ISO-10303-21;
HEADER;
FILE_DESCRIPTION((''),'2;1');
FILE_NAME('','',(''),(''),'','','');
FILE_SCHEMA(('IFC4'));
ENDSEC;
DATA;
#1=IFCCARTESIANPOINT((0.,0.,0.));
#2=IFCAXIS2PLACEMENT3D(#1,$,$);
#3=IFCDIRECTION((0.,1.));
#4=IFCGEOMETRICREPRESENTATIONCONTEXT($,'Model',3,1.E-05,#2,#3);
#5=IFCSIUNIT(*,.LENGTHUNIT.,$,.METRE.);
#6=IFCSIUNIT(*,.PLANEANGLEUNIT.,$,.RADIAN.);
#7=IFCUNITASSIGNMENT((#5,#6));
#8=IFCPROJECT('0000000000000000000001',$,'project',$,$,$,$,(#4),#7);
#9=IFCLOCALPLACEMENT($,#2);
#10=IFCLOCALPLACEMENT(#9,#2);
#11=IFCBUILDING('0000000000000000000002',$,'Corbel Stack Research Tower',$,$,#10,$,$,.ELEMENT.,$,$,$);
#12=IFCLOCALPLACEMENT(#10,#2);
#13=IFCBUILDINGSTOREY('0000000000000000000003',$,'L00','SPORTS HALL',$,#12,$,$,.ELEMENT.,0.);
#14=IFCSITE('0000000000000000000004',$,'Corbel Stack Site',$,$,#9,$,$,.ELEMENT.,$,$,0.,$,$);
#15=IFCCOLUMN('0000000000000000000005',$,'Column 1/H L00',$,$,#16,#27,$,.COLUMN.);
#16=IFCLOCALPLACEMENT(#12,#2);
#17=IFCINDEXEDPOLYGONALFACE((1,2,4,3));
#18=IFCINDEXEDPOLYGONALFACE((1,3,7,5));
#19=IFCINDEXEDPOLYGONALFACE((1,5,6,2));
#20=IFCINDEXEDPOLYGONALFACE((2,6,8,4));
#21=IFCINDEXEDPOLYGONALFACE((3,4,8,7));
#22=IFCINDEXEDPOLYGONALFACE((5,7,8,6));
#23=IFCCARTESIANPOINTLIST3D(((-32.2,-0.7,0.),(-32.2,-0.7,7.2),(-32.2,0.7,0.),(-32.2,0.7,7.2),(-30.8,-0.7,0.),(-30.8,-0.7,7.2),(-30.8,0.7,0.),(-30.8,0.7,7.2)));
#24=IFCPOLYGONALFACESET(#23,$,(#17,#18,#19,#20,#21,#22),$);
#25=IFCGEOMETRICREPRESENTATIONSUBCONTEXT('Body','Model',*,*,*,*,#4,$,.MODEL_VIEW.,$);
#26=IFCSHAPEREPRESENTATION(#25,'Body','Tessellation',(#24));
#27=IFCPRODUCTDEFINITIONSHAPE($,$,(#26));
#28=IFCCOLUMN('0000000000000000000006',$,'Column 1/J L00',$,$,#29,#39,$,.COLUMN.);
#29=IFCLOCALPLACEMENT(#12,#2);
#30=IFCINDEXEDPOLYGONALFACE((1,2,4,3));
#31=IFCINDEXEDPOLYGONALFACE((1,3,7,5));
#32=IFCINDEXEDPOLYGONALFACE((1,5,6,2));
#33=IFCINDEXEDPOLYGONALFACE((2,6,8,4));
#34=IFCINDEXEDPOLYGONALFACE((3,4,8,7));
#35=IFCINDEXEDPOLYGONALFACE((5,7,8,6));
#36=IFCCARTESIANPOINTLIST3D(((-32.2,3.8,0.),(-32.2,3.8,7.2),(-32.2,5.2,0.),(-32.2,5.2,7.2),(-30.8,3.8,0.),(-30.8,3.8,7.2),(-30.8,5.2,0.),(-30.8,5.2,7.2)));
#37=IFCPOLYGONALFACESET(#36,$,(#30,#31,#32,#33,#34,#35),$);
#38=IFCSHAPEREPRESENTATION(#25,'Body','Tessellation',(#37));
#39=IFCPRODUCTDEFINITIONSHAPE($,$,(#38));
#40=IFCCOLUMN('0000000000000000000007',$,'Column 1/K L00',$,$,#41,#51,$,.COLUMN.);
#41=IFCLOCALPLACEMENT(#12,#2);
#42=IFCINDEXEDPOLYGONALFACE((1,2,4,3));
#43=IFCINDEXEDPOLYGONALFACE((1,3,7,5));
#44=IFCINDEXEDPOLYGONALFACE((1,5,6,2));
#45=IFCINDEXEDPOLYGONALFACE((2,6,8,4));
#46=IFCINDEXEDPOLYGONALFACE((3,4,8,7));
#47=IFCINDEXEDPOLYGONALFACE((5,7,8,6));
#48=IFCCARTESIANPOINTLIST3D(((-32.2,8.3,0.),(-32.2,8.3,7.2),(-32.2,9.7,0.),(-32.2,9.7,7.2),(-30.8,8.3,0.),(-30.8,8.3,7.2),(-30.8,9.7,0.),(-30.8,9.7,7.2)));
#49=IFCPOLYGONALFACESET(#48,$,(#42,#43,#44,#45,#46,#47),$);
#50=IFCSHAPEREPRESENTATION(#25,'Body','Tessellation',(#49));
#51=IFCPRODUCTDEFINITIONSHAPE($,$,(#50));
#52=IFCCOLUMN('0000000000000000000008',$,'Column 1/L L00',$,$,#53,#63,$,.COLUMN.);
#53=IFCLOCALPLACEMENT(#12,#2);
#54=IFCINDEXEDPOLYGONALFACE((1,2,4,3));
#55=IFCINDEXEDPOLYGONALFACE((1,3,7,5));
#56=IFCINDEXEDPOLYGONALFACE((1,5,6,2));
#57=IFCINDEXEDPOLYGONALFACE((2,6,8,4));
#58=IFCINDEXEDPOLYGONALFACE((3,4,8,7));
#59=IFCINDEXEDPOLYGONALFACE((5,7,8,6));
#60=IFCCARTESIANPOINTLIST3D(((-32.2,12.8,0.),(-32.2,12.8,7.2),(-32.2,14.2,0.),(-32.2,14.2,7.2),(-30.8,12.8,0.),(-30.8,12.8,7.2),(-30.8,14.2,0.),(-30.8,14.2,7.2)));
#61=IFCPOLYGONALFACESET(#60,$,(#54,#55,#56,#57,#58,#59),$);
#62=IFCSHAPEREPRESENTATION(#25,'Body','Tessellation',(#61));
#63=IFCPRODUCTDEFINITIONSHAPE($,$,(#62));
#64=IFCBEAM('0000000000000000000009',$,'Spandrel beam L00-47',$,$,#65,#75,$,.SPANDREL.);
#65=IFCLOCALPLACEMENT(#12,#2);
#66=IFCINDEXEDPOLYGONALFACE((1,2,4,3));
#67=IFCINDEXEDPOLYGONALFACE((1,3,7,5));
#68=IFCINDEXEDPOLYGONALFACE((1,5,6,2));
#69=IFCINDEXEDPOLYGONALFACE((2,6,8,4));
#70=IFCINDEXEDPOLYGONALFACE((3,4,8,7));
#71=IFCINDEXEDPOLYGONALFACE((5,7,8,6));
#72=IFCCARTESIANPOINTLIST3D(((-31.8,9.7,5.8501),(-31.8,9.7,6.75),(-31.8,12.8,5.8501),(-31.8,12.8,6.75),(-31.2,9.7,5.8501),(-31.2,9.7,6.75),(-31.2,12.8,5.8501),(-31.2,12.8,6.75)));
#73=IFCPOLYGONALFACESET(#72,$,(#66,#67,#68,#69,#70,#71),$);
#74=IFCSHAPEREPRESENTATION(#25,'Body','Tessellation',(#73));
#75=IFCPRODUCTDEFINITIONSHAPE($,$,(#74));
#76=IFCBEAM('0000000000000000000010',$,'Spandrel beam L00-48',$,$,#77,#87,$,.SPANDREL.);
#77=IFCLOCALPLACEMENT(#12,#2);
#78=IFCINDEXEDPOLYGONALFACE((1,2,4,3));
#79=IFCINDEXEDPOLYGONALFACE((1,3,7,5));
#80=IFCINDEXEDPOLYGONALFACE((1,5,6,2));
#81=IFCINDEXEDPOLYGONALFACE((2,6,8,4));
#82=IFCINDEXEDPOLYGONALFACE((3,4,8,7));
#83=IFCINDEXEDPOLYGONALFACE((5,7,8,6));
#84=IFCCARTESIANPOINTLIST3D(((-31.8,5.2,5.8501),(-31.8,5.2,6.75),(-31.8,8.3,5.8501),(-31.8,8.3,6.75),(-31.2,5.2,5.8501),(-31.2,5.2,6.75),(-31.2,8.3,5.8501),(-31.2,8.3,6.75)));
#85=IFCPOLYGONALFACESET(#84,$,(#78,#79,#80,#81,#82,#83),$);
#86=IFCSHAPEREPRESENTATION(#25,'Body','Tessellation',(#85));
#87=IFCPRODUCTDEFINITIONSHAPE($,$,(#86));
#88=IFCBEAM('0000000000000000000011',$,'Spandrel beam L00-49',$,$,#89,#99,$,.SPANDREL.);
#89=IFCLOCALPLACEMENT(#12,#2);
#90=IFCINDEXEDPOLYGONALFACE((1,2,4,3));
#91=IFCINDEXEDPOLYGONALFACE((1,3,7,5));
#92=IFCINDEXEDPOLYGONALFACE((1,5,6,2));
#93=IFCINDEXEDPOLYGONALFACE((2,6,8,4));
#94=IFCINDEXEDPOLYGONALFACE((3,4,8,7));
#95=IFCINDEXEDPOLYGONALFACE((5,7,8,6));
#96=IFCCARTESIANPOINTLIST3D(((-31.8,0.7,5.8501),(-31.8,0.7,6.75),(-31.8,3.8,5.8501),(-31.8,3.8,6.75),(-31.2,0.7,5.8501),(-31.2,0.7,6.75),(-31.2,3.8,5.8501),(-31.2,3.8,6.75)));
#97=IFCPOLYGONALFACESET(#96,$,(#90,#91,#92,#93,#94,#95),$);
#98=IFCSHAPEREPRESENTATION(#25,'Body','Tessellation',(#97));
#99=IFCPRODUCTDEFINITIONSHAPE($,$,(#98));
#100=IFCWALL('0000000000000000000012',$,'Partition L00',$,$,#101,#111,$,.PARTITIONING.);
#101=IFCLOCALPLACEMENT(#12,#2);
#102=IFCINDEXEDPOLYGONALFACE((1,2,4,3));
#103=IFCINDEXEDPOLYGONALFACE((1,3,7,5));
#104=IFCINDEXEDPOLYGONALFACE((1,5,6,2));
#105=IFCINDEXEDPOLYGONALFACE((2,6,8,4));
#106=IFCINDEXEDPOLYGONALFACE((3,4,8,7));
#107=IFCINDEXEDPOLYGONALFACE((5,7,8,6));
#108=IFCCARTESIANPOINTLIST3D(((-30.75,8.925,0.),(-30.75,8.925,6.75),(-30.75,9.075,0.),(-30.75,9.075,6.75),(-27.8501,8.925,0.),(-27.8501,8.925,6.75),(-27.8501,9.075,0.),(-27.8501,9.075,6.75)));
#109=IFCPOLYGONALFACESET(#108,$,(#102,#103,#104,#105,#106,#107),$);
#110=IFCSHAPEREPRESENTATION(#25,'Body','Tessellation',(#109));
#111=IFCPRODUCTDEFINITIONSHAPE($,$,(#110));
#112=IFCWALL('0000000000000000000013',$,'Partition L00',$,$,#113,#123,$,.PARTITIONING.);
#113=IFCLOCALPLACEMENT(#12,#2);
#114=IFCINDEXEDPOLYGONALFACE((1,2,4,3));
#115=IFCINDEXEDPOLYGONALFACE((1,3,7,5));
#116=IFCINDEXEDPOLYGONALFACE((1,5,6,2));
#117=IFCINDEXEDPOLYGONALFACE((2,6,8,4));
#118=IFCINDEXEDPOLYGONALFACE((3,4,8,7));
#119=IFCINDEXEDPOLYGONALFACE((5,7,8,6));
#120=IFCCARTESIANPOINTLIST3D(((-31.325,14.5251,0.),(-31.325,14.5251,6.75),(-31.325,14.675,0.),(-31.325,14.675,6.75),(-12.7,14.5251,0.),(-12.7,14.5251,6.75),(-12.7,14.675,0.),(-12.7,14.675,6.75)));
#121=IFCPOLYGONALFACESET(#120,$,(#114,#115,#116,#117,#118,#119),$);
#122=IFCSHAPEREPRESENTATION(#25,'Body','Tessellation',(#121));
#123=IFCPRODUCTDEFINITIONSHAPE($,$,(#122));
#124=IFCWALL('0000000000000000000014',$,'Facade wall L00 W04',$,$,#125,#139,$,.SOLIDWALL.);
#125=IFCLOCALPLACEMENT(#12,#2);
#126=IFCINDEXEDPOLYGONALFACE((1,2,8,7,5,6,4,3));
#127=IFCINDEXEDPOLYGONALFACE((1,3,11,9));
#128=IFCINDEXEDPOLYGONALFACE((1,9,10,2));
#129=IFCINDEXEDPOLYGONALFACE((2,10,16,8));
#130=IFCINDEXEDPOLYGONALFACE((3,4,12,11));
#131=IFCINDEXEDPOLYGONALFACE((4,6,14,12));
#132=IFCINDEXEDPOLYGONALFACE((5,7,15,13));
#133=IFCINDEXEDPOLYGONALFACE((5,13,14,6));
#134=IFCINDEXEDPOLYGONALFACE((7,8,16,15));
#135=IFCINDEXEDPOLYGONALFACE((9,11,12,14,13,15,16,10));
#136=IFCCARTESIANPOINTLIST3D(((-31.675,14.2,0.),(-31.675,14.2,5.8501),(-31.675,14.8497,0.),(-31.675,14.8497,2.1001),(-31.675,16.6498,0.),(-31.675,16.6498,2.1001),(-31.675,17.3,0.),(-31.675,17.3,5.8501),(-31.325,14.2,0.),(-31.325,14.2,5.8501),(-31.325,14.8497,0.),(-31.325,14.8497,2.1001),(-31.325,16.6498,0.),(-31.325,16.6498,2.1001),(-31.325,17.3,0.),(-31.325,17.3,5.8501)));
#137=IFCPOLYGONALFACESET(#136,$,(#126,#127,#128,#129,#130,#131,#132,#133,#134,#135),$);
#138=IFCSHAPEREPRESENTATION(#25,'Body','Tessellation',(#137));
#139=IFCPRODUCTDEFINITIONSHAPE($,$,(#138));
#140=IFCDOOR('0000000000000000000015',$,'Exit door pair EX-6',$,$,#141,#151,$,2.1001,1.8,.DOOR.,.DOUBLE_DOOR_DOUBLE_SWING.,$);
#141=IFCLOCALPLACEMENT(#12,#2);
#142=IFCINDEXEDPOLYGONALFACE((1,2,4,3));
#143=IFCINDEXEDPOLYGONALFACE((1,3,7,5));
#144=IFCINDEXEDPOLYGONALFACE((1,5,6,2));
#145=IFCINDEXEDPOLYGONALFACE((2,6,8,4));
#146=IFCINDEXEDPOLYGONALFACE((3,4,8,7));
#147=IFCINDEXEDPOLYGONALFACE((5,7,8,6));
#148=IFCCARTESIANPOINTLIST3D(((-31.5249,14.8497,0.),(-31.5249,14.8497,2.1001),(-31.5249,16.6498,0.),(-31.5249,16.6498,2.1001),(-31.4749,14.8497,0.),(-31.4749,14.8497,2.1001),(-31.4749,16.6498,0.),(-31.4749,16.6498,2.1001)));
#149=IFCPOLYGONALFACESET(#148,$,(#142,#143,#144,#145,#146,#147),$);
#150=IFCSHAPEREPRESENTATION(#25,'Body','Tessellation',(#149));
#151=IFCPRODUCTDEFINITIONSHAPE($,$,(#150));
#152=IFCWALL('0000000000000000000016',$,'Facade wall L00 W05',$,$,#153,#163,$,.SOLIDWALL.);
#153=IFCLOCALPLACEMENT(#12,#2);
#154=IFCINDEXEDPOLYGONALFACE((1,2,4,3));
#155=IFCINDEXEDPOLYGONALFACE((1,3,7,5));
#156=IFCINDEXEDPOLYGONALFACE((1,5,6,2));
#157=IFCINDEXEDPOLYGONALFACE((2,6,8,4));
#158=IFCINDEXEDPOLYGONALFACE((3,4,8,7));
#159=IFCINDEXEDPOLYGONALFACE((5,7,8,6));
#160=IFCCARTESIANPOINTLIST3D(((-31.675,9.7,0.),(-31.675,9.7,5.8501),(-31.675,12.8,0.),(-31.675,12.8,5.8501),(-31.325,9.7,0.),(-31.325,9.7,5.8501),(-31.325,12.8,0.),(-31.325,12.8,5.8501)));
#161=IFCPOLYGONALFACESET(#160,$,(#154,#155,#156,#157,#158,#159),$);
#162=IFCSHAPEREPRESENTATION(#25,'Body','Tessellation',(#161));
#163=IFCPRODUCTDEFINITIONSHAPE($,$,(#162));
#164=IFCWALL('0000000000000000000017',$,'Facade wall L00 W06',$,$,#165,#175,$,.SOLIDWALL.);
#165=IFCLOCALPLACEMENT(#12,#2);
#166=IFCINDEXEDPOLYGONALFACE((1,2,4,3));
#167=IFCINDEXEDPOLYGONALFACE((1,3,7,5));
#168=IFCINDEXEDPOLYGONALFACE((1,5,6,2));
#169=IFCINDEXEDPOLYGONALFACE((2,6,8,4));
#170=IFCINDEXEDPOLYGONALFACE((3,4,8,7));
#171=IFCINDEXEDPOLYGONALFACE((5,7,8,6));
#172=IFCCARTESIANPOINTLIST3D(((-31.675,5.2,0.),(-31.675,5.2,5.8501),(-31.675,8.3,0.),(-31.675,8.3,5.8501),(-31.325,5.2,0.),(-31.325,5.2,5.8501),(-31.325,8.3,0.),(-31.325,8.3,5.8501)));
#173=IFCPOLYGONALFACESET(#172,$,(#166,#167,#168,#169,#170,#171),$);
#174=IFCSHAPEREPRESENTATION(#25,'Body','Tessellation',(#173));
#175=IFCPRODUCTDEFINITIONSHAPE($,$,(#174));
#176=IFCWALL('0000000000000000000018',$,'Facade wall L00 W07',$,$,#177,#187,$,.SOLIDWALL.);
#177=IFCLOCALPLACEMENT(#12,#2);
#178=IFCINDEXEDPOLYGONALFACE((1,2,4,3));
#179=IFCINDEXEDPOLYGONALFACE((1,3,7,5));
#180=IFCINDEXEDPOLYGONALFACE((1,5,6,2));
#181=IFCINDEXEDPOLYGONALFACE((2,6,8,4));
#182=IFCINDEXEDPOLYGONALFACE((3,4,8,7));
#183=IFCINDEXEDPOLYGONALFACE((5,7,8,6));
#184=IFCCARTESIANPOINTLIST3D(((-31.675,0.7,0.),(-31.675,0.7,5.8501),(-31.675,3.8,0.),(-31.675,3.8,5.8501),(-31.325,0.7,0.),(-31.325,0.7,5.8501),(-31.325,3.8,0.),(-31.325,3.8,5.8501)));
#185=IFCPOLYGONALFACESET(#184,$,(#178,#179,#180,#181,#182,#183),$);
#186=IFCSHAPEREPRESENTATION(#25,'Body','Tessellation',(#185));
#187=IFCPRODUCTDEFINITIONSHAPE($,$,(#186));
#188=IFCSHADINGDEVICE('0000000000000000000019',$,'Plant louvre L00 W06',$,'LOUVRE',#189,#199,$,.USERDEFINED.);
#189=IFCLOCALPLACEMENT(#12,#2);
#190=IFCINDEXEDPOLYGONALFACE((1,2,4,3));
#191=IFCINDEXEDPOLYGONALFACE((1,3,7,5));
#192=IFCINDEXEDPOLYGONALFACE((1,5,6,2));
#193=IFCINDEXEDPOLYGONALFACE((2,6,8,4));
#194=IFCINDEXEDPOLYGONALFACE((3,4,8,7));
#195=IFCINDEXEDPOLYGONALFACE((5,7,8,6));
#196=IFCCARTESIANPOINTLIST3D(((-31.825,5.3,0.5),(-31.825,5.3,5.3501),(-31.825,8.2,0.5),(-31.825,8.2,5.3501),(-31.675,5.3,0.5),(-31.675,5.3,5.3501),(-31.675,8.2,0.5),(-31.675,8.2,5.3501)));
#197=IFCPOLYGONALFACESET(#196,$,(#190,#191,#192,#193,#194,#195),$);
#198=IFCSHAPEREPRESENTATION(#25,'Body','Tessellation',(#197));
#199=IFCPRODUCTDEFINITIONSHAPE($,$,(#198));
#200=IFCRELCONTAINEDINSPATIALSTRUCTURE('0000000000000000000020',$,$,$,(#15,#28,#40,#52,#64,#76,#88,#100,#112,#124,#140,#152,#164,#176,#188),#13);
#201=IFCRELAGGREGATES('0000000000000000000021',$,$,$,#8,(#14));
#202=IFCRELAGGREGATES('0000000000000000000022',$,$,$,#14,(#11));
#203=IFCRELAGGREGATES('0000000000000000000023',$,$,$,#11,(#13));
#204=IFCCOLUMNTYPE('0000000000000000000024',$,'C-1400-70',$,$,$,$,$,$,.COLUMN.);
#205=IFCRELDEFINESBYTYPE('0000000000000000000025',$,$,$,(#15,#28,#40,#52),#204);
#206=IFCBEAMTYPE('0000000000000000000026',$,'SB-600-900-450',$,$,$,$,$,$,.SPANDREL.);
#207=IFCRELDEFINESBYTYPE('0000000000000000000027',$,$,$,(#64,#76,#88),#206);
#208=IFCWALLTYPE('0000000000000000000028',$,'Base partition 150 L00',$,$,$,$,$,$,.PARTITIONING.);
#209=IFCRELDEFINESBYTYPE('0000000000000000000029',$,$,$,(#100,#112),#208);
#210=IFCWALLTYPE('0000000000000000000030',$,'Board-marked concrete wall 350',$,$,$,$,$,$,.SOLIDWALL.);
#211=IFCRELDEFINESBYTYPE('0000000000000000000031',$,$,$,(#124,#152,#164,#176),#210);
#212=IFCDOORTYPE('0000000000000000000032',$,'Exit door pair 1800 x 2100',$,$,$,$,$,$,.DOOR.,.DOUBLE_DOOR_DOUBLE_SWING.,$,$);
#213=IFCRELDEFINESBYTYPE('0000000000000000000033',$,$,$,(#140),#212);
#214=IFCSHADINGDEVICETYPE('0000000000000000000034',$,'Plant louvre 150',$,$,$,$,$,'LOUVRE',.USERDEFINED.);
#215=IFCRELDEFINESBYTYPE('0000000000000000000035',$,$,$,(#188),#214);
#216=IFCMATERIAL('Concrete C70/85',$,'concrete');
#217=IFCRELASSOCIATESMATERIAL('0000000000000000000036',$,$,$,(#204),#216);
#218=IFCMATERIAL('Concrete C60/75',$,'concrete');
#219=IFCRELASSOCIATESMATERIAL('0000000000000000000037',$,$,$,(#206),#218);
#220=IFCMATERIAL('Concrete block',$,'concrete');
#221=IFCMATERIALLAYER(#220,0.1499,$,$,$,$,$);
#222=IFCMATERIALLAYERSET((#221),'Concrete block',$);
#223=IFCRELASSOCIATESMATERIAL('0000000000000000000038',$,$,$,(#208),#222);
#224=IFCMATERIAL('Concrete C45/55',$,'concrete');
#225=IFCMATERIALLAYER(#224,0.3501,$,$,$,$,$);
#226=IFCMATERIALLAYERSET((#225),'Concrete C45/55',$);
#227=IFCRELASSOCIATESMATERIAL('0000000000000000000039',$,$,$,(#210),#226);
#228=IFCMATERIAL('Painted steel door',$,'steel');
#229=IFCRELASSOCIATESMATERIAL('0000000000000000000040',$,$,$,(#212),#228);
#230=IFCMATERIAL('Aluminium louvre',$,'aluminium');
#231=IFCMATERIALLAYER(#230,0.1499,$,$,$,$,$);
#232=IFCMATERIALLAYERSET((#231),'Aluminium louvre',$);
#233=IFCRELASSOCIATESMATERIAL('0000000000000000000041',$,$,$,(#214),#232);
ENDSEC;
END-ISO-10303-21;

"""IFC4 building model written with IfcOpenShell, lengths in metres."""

from ifc_helpers import new_model, si_unit, direction, frame, frame_2d, origin, origin_2d, place, context, subcontext, project, spatial, rectangle, extrude, material, layer, layer_set, material_profile, profile_set, type_object, element, fill, save


model = new_model("IFC4")

# Units and contexts
model_context = context("Model", 3, precision=1e-05, world=origin(), true_north=direction((0.0, 1.0)))
body_context = subcontext(model_context, "Body", "Model", "MODEL_VIEW")
ifc_project = project(units=[si_unit("LENGTHUNIT", "METRE"), si_unit("PLANEANGLEUNIT", "RADIAN")], contexts=[model_context])

# Site, building, storey
site_placement = place(None, origin())
site = spatial("IfcSite", under=ifc_project, at=site_placement, Name="Corbel Stack Site", CompositionType="ELEMENT", RefElevation=0.0)
building_placement = place(site_placement, origin())
building = spatial("IfcBuilding", under=site, at=building_placement, Name="Corbel Stack Research Tower", CompositionType="ELEMENT")
storey_placement = place(building_placement, origin())
storey = spatial("IfcBuildingStorey", under=building, at=storey_placement, Name="L00", Description="SPORTS HALL", CompositionType="ELEMENT", Elevation=0.0)

# Columns
ifc_material_1 = material(Name="Concrete C70/85", Category="concrete")
ifc_material_profile_1 = material_profile(ifc_material_1, rectangle(XDim=1.3999, YDim=1.3999, at=origin_2d()), Name="RC 1400 x 1400")
ifc_profile_set_1 = profile_set([ifc_material_profile_1], Name="Concrete C70/85")
column_type = type_object("IfcColumnType", Name="C-1400-70", PredefinedType="COLUMN", material=ifc_profile_set_1)
for number, where, z_axis, x_axis, name in (
    (1, (-31.5, 0.0, 0.0), (0.0, 0.0, 1.0), (1.0, 0.0, 0.0), "Column 1/H L00"),
    (2, (-31.5, 4.5, 0.0), (0.0, 0.0, 1.0), (1.0, 0.0, 0.0), "Column 1/J L00"),
    (3, (-31.5, 9.0, 0.0), (0.0, 0.0, 1.0), (1.0, 0.0, 0.0), "Column 1/K L00"),
    (4, (-31.5, 13.5, 0.0), (0.0, 0.0, 1.0), (1.0, 0.0, 0.0), "Column 1/L L00"),
):
    element("IfcColumn", number, at=place(storey_placement, frame(where, z_axis=z_axis, x_axis=x_axis)), inside=storey, type_object=column_type, Name=name, PredefinedType="COLUMN", context=body_context, shape_type="SweptSolid", body=[
        extrude(rectangle(XDim=1.3999, YDim=1.3999, at=origin_2d()), origin(), (0.0, 0.0, 1.0), 7.2),
    ])

# Beams
ifc_material_2 = material(Name="Concrete C60/75", Category="concrete")
ifc_material_profile_2 = material_profile(ifc_material_2, rectangle(XDim=0.6001, YDim=0.8999, at=origin_2d()), Name="RC 600 x 900")
ifc_profile_set_2 = profile_set([ifc_material_profile_2], Name="Concrete C60/75")
beam_type = type_object("IfcBeamType", Name="SB-600-900-450", PredefinedType="SPANDREL", material=ifc_profile_set_2)
for number, where, z_axis, x_axis, name in (
    (5, (-31.5, 12.8, 6.3), (0.0, -1.0, 0.0), (1.0, 0.0, 0.0), "Spandrel beam L00-47"),
    (6, (-31.5, 8.3, 6.3), (0.0, -1.0, 0.0), (1.0, 0.0, 0.0), "Spandrel beam L00-48"),
    (7, (-31.5, 3.8, 6.3), (0.0, -1.0, 0.0), (1.0, 0.0, 0.0), "Spandrel beam L00-49"),
):
    element("IfcBeam", number, at=place(storey_placement, frame(where, z_axis=z_axis, x_axis=x_axis)), inside=storey, type_object=beam_type, Name=name, PredefinedType="SPANDREL", context=body_context, shape_type="SweptSolid", body=[
        extrude(rectangle(XDim=0.6001, YDim=0.8999, at=origin_2d()), origin(), (0.0, 0.0, 1.0), 3.1001),
    ])

# Walls
ifc_material_3 = material(Name="Concrete block", Category="concrete")
ifc_layer_1 = layer(ifc_material_3, 0.1499)
ifc_layer_set_1 = layer_set([ifc_layer_1], Name="Concrete block")
wall_type_1 = type_object("IfcWallType", Name="Base partition 150 L00", PredefinedType="PARTITIONING", material=ifc_layer_set_1)
wall_1_placement = place(storey_placement, frame((-30.75, 9.0, 0.0), z_axis=(0.0, 0.0, 1.0), x_axis=(1.0, 0.0, 0.0)))
element("IfcWall", 8, at=wall_1_placement, inside=storey, type_object=wall_type_1, Name="Partition L00", PredefinedType="PARTITIONING", context=body_context, shape_type="SweptSolid", body=[
    extrude(rectangle(XDim=2.8999, YDim=0.1499, at=frame_2d((1.45, 0.0))), origin(), (0.0, 0.0, 1.0), 6.75),
])
wall_2_placement = place(storey_placement, frame((-31.325, 14.6001, 0.0), z_axis=(0.0, 0.0, 1.0), x_axis=(1.0, 0.0, 0.0)))
element("IfcWall", 9, at=wall_2_placement, inside=storey, type_object=wall_type_1, Name="Partition L00", PredefinedType="PARTITIONING", context=body_context, shape_type="SweptSolid", body=[
    extrude(rectangle(XDim=18.625, YDim=0.1499, at=frame_2d((9.3125, 0.0))), origin(), (0.0, 0.0, 1.0), 6.75),
])

# Wall, opening, door
ifc_material_4 = material(Name="Concrete C45/55", Category="concrete")
ifc_layer_2 = layer(ifc_material_4, 0.3501)
ifc_layer_set_2 = layer_set([ifc_layer_2], Name="Concrete C45/55")
wall_type_2 = type_object("IfcWallType", Name="Board-marked concrete wall 350", PredefinedType="SOLIDWALL", material=ifc_layer_set_2)
wall_3_placement = place(storey_placement, frame((-31.5, 14.2, 0.0), z_axis=(0.0, 0.0, 1.0), x_axis=(0.0, 1.0, 0.0)))
wall_3 = element("IfcWall", 10, at=wall_3_placement, inside=storey, type_object=wall_type_2, Name="Facade wall L00 W04", PredefinedType="SOLIDWALL", context=body_context, shape_type="SweptSolid", body=[
    extrude(rectangle(XDim=3.1001, YDim=0.3501, at=frame_2d((1.55, 0.0))), origin(), (0.0, 0.0, 1.0), 5.8501),
])
opening_placement = place(wall_3_placement, frame((0.6499, 0.0, 0.0)))
opening = element("IfcOpeningElement", 11, at=opening_placement, cuts=wall_3, PredefinedType="OPENING", context=body_context, shape_type="SweptSolid", body=[
    extrude(rectangle(XDim=1.8, YDim=2.1001, at=frame_2d((0.8999, 1.05))), frame((0.0, 0.1851, 0.0), z_axis=(0.0, -1.0, 0.0), x_axis=(1.0, 0.0, 0.0)), (0.0, 0.0, 1.0), 0.3701),
])
ifc_material_5 = material(Name="Painted steel door", Category="steel")
door_type = type_object("IfcDoorType", Name="Exit door pair 1800 x 2100", OperationType="DOUBLE_DOOR_DOUBLE_SWING", PredefinedType="DOOR", material=ifc_material_5)
door_placement = place(opening_placement, origin())
door = element("IfcDoor", 12, at=door_placement, inside=storey, type_object=door_type, Name="Exit door pair EX-6", OperationType="DOUBLE_DOOR_DOUBLE_SWING", OverallHeight=2.1001, OverallWidth=1.8, PredefinedType="DOOR", context=body_context, shape_type="SweptSolid", body=[
    extrude(rectangle(XDim=1.8, YDim=2.1001, at=frame_2d((0.8999, 1.05))), frame((0.0, 0.0249, 0.0), z_axis=(0.0, -1.0, 0.0), x_axis=(1.0, 0.0, 0.0)), (0.0, 0.0, 1.0), 0.05),
])
fill(opening, door)

# Walls
for number, where, z_axis, x_axis, name in (
    (13, (-31.5, 9.7, 0.0), (0.0, 0.0, 1.0), (0.0, 1.0, 0.0), "Facade wall L00 W05"),
    (14, (-31.5, 5.2, 0.0), (0.0, 0.0, 1.0), (0.0, 1.0, 0.0), "Facade wall L00 W06"),
    (15, (-31.5, 0.7, 0.0), (0.0, 0.0, 1.0), (0.0, 1.0, 0.0), "Facade wall L00 W07"),
):
    element("IfcWall", number, at=place(storey_placement, frame(where, z_axis=z_axis, x_axis=x_axis)), inside=storey, type_object=wall_type_2, Name=name, PredefinedType="SOLIDWALL", context=body_context, shape_type="SweptSolid", body=[
        extrude(rectangle(XDim=3.1001, YDim=0.3501, at=frame_2d((1.55, 0.0))), origin(), (0.0, 0.0, 1.0), 5.8501),
    ])

# Shading device
ifc_material_6 = material(Name="Aluminium louvre", Category="aluminium")
ifc_layer_3 = layer(ifc_material_6, 0.1499)
ifc_layer_set_3 = layer_set([ifc_layer_3], Name="Aluminium louvre")
shading_device_type = type_object("IfcShadingDeviceType", Name="Plant louvre 150", ElementType="LOUVRE", PredefinedType="USERDEFINED", material=ifc_layer_set_3)
for number, where, z_axis, x_axis, name in (
    (16, (-31.75, 6.75, 0.5), (0.0, 0.0, 1.0), (0.0, -1.0, 0.0), "Plant louvre L00 W06"),
):
    element("IfcShadingDevice", number, at=place(storey_placement, frame(where, z_axis=z_axis, x_axis=x_axis)), inside=storey, type_object=shading_device_type, Name=name, ObjectType="LOUVRE", PredefinedType="USERDEFINED", context=body_context, shape_type="SweptSolid", body=[
        extrude(rectangle(XDim=2.8999, YDim=0.1499, at=origin_2d()), origin(), (0.0, 0.0, 1.0), 4.8501),
    ])

save(model, "model.ifc")
